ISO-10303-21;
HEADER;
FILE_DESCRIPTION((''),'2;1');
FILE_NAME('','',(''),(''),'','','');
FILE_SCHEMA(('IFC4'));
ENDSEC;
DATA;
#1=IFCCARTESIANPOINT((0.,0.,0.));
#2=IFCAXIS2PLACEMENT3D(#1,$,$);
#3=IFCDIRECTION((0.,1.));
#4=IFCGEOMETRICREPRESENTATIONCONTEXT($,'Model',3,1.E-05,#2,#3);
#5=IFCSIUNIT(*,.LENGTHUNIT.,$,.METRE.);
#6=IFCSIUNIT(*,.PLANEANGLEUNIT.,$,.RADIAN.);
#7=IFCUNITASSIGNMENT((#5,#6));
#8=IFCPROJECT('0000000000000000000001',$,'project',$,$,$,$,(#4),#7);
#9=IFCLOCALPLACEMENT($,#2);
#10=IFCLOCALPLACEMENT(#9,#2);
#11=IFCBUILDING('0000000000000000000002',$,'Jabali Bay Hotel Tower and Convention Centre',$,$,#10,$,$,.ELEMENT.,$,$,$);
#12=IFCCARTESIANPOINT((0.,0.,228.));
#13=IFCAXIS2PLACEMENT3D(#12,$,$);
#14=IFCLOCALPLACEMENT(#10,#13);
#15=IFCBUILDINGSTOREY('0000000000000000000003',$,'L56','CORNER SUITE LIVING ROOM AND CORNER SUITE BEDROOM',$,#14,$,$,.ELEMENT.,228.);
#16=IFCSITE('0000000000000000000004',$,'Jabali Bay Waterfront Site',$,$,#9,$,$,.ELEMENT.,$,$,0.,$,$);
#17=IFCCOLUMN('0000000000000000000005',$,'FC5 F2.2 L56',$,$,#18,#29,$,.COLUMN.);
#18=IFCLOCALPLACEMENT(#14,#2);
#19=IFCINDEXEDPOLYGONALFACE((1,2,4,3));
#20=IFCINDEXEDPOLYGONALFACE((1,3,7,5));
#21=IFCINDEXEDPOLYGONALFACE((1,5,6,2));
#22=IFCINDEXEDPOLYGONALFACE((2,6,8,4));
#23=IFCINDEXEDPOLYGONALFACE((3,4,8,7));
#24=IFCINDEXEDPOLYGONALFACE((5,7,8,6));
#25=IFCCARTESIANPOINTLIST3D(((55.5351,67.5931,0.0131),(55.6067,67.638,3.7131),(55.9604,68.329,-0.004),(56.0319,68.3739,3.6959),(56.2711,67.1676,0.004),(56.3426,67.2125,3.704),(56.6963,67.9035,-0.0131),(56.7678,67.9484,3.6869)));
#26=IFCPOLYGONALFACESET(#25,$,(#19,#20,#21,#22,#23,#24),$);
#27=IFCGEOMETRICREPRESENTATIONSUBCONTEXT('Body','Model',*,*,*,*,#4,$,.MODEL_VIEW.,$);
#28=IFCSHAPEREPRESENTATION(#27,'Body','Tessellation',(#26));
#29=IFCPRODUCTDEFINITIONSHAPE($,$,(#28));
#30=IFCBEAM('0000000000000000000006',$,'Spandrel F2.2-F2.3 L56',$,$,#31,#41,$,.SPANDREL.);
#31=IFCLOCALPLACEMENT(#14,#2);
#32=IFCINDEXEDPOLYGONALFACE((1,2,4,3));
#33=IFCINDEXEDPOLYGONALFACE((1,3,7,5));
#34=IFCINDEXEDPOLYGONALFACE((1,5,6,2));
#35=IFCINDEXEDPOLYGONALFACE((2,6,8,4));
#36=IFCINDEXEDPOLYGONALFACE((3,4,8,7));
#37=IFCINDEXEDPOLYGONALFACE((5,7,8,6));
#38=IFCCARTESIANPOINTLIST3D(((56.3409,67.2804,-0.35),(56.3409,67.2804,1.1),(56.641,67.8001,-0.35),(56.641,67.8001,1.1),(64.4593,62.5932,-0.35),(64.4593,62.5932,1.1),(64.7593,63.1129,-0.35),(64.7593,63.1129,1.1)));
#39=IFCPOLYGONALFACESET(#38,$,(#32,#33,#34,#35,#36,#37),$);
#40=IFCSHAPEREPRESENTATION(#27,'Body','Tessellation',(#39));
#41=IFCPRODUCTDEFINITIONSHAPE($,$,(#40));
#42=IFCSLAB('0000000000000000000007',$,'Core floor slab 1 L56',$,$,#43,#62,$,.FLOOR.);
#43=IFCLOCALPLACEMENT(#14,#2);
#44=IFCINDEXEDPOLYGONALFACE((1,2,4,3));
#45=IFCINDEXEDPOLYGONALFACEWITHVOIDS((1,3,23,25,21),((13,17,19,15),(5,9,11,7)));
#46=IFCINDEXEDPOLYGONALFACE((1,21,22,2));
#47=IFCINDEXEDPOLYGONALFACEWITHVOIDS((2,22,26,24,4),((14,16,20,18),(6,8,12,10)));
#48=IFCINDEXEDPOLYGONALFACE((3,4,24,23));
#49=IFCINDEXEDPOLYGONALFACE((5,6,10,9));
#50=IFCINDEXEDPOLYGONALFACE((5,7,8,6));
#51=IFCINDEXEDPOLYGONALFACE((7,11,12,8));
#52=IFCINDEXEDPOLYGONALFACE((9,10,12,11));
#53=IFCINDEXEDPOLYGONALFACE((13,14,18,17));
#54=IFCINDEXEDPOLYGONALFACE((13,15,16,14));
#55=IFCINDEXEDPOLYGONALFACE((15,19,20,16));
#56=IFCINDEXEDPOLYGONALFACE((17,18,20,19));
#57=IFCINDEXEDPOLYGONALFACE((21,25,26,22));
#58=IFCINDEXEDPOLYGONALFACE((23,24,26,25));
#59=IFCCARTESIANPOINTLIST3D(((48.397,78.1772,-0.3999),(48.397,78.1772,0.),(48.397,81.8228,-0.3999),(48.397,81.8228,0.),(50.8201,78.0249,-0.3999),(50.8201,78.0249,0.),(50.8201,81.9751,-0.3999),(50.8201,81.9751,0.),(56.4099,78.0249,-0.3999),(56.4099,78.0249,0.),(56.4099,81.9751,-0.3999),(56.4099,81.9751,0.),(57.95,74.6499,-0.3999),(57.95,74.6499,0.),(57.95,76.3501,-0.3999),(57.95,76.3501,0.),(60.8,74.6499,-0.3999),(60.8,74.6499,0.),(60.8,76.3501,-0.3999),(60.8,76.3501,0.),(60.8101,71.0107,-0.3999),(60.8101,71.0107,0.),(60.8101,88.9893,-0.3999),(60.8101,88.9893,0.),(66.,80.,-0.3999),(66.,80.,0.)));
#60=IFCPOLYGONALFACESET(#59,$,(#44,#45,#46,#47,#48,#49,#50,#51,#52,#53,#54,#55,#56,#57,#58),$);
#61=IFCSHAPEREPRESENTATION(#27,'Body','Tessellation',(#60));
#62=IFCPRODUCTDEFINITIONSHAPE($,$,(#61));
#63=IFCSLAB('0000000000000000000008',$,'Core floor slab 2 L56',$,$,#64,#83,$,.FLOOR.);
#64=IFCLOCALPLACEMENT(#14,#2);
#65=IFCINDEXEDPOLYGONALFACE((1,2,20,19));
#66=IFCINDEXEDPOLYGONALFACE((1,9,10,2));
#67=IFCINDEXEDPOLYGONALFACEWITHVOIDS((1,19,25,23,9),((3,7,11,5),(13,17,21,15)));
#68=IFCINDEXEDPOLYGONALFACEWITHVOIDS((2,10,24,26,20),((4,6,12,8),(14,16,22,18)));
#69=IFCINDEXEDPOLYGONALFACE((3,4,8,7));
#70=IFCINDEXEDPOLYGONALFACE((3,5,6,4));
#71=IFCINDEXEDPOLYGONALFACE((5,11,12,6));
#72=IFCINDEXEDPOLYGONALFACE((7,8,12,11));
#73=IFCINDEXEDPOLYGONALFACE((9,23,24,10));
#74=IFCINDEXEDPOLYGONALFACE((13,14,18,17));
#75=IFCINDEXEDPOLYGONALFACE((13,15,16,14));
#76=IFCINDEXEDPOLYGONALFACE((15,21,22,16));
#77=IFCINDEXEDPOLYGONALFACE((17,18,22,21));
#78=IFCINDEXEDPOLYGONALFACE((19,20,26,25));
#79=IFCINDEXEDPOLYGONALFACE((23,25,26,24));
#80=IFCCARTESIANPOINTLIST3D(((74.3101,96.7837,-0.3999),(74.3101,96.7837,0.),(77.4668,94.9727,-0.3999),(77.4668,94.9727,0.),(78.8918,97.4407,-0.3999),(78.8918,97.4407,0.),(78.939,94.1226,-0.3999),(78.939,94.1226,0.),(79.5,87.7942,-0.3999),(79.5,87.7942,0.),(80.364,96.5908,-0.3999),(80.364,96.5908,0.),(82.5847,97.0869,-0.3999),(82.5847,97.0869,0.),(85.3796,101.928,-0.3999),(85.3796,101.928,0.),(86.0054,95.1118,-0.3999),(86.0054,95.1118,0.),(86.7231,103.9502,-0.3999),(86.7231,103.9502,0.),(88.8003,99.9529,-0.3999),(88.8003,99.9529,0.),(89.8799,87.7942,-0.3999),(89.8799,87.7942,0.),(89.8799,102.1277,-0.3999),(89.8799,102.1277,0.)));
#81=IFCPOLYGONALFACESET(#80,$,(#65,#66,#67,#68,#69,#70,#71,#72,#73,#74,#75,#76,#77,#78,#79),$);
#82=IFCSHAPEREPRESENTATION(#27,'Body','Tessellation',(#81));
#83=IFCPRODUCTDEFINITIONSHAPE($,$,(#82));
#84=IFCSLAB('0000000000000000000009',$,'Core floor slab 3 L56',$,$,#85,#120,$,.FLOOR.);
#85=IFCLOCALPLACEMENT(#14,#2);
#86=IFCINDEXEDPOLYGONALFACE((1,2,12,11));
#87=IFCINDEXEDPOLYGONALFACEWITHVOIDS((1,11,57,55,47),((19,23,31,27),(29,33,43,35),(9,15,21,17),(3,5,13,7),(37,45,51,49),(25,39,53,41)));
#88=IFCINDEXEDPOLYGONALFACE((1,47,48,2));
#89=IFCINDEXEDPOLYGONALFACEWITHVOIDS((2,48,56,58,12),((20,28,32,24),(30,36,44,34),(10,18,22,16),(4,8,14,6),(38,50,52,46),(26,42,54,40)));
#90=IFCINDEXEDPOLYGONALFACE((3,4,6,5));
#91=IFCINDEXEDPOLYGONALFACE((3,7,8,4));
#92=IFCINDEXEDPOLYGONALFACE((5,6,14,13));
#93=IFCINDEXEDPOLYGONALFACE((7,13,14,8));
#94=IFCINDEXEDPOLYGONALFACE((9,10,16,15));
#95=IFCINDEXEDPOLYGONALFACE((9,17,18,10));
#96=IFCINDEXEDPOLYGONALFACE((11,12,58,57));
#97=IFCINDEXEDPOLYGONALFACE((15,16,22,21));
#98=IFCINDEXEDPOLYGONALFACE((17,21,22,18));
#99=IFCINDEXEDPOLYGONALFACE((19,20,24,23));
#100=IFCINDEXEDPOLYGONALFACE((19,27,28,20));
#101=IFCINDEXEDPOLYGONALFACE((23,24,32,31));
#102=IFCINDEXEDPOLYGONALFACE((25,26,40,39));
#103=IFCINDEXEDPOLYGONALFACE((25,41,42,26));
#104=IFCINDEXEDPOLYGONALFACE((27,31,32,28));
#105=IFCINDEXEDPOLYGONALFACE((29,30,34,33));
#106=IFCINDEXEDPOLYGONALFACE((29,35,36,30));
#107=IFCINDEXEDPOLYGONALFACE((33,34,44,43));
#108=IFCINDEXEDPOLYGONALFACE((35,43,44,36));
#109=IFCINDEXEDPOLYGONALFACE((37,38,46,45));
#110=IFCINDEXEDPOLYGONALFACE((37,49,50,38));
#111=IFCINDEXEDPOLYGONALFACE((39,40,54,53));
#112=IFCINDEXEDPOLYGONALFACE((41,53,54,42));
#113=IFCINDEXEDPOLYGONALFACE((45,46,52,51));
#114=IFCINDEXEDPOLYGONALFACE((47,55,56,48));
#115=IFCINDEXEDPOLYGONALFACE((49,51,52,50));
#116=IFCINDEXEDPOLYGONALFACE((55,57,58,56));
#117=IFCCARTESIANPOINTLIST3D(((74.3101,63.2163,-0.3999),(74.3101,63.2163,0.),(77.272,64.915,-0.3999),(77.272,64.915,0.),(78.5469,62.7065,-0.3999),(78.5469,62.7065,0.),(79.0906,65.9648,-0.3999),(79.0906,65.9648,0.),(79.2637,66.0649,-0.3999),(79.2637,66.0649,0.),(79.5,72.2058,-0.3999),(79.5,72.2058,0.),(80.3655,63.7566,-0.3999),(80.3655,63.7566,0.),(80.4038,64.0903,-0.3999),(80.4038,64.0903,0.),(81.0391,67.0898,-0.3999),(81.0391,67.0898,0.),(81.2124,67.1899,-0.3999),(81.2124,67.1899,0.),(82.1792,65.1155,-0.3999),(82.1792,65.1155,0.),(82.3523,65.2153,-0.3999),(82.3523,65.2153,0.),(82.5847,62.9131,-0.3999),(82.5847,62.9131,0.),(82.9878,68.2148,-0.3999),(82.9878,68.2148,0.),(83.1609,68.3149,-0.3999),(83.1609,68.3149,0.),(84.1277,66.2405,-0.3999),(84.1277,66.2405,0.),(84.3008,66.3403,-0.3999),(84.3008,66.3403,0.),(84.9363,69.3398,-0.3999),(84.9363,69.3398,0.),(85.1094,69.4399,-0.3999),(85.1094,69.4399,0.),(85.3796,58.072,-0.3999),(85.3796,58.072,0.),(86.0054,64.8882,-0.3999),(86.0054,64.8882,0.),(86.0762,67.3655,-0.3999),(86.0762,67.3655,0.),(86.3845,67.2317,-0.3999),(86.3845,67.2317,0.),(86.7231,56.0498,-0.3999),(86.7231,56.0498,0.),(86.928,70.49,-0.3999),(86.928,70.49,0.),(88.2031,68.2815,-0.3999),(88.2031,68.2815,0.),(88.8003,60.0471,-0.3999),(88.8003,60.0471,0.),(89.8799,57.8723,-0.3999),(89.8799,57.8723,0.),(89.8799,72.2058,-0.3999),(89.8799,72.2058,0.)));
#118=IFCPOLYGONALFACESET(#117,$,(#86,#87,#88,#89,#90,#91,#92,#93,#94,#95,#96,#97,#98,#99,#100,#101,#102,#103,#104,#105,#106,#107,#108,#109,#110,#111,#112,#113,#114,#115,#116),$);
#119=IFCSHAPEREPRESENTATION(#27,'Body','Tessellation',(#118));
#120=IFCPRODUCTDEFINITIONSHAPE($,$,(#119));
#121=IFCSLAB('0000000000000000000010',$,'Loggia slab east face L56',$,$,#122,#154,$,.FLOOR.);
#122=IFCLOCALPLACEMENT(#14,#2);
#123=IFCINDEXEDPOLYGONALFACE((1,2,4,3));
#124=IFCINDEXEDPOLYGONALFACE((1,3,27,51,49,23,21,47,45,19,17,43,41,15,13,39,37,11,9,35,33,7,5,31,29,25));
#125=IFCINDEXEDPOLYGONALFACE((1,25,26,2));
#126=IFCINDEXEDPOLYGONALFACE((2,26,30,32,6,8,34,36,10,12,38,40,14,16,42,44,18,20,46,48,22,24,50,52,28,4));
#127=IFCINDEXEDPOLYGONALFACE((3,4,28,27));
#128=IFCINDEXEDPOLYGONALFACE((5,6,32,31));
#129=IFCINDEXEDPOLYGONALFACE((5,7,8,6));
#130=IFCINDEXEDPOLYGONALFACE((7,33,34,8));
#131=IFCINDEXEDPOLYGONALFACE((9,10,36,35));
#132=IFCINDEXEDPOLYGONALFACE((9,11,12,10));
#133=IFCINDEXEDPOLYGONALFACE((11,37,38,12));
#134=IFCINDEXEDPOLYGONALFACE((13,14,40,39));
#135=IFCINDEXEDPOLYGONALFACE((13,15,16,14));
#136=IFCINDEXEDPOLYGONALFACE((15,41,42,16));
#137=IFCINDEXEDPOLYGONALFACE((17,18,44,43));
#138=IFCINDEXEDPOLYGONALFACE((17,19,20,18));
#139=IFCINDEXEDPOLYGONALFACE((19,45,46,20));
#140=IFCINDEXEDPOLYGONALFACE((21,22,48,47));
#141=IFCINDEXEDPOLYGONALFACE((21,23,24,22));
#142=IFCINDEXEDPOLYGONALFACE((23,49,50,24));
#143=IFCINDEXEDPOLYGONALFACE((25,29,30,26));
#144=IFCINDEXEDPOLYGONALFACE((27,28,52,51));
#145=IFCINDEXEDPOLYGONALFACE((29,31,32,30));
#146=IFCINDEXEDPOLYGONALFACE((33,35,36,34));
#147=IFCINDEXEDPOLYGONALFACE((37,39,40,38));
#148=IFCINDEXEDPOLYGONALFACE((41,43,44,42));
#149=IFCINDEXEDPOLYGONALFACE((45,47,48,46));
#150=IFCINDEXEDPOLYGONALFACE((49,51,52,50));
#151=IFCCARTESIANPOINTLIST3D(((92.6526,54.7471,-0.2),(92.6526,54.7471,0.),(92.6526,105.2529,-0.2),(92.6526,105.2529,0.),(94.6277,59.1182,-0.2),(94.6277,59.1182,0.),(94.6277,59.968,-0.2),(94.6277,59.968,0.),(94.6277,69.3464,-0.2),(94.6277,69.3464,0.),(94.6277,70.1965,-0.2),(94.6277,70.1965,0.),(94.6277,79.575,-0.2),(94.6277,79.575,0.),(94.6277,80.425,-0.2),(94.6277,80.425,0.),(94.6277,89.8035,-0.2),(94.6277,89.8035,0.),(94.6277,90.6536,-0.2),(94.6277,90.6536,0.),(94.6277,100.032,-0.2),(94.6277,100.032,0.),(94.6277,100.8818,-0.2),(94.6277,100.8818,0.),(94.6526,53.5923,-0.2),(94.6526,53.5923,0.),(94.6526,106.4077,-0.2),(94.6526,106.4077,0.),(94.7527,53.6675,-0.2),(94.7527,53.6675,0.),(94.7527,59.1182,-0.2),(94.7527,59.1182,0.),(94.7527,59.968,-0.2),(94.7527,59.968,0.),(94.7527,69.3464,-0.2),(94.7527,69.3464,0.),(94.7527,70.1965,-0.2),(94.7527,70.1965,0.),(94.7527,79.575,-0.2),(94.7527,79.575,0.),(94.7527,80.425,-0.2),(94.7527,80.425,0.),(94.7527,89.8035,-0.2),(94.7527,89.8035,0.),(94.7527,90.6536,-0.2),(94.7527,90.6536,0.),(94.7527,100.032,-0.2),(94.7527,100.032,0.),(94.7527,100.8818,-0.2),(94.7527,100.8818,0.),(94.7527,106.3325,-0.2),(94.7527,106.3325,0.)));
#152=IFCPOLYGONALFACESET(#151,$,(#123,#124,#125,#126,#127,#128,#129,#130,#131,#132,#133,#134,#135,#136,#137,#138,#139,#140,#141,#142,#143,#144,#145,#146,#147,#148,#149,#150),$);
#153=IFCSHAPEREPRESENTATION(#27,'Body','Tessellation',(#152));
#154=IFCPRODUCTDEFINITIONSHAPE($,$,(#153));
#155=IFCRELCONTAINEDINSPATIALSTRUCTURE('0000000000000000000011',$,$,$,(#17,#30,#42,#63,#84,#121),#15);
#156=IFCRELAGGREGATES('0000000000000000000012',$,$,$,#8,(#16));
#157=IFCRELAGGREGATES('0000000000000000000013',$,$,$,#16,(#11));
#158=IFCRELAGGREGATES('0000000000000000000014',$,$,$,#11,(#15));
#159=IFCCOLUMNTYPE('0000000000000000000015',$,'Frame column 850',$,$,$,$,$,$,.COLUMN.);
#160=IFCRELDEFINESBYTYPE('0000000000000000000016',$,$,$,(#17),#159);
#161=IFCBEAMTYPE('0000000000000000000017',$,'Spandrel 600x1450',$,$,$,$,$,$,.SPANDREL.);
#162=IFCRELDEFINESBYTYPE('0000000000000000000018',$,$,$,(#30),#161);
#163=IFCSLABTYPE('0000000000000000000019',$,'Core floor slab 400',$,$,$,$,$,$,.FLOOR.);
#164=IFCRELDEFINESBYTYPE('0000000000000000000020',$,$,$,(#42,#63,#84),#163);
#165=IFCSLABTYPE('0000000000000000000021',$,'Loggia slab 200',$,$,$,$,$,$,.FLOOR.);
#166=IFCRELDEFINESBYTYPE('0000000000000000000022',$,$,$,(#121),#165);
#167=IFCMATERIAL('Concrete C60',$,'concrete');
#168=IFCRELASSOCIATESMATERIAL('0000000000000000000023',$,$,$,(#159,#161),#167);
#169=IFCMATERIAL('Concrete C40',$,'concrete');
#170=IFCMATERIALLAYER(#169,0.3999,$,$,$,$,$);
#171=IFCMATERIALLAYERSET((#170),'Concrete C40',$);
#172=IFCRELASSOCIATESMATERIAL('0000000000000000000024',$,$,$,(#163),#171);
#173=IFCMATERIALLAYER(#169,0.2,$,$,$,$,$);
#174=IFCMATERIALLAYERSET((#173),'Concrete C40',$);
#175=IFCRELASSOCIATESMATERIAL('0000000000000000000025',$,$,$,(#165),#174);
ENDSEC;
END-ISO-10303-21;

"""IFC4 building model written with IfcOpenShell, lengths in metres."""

from ifc_helpers import new_model, si_unit, direction, frame, origin, origin_2d, place, context, subcontext, project, spatial, polyline, rectangle, outline, extrude, material, layer, layer_set, material_profile, profile_set, type_object, element, save


model = new_model("IFC4")

# Units and contexts
model_context = context("Model", 3, precision=1e-05, world=origin(), true_north=direction((0.0, 1.0)))
body_context = subcontext(model_context, "Body", "Model", "MODEL_VIEW")
ifc_project = project(units=[si_unit("LENGTHUNIT", "METRE"), si_unit("PLANEANGLEUNIT", "RADIAN")], contexts=[model_context])

# Site, building, storey
site_placement = place(None, origin())
site = spatial("IfcSite", under=ifc_project, at=site_placement, Name="Jabali Bay Waterfront Site", CompositionType="ELEMENT", RefElevation=0.0)
building_placement = place(site_placement, origin())
building = spatial("IfcBuilding", under=site, at=building_placement, Name="Jabali Bay Hotel Tower and Convention Centre", CompositionType="ELEMENT")
storey_placement = place(building_placement, frame((0.0, 0.0, 228.0)))
storey = spatial("IfcBuildingStorey", under=building, at=storey_placement, Name="L56", Description="CORNER SUITE LIVING ROOM AND CORNER SUITE BEDROOM", CompositionType="ELEMENT", Elevation=228.0)

# Column
ifc_material_1 = material(Name="Concrete C60", Category="concrete")
ifc_material_profile_1 = material_profile(ifc_material_1, rectangle(XDim=0.8501, YDim=0.8501, at=origin_2d()), Name="Frame column 850")
ifc_profile_set_1 = profile_set([ifc_material_profile_1], Name="Concrete C60")
column_type = type_object("IfcColumnType", Name="Frame column 850", PredefinedType="COLUMN", material=ifc_profile_set_1)
column_placement = place(storey_placement, frame((56.1157, 67.7483, 0.0), z_axis=(0.019329, 0.012138, 0.99974), x_axis=(-0.865691, 0.500465, 0.010661)))
element("IfcColumn", 1, at=column_placement, inside=storey, type_object=column_type, Name="FC5 F2.2 L56", PredefinedType="COLUMN", context=body_context, shape_type="SweptSolid", body=[
    extrude(rectangle(XDim=0.8501, YDim=0.8501, at=origin_2d()), origin(), (0.0, 0.0, 1.0), 3.7009),
])

# Beam
ifc_material_profile_2 = material_profile(ifc_material_1, rectangle(XDim=0.6001, YDim=1.45, at=origin_2d()), Name="Spandrel 600x1450")
ifc_profile_set_2 = profile_set([ifc_material_profile_2], Name="Concrete C60")
beam_type = type_object("IfcBeamType", Name="Spandrel 600x1450", PredefinedType="SPANDREL", material=ifc_profile_set_2)
beam_placement = place(storey_placement, frame((56.491, 67.5403, 0.375), z_axis=(0.866021, -0.500007, 0.0), x_axis=(0.500007, 0.866021, 0.0)))
element("IfcBeam", 2, at=beam_placement, inside=storey, type_object=beam_type, Name="Spandrel F2.2-F2.3 L56", PredefinedType="SPANDREL", context=body_context, shape_type="SweptSolid", body=[
    extrude(rectangle(XDim=0.6001, YDim=1.45, at=origin_2d()), origin(), (0.0, 0.0, 1.0), 9.3743),
])

# Slabs
ifc_material_2 = material(Name="Concrete C40", Category="concrete")
ifc_layer_1 = layer(ifc_material_2, 0.3999)
ifc_layer_set_1 = layer_set([ifc_layer_1], Name="Concrete C40")
slab_type_1 = type_object("IfcSlabType", Name="Core floor slab 400", PredefinedType="FLOOR", material=ifc_layer_set_1)
slab_1_placement = place(storey_placement, frame((0.0, 0.0, -0.3999)))
element("IfcSlab", 3, at=slab_1_placement, inside=storey, type_object=slab_type_1, Name="Core floor slab 1 L56", PredefinedType="FLOOR", context=body_context, shape_type="SweptSolid", body=[
    extrude(outline(polyline([(66.0, 80.0), (60.8101, 88.9893), (48.397, 81.8228), (48.397, 78.1772), (60.8101, 71.0107), (66.0, 80.0)]), holes=[polyline([(60.8, 76.3501), (57.95, 76.3501), (57.95, 74.6499), (60.8, 74.6499), (60.8, 76.3501)]), polyline([(50.8201, 81.9751), (50.8201, 78.0249), (56.4099, 78.0249), (56.4099, 81.9751), (50.8201, 81.9751)])]), origin(), (0.0, 0.0, 1.0), 0.3999),
])
slab_2_placement = place(storey_placement, frame((0.0, 0.0, -0.3999)))
element("IfcSlab", 4, at=slab_2_placement, inside=storey, type_object=slab_type_1, Name="Core floor slab 2 L56", PredefinedType="FLOOR", context=body_context, shape_type="SweptSolid", body=[
    extrude(outline(polyline([(79.5, 87.7942), (89.8799, 87.7942), (89.8799, 102.1277), (86.7231, 103.9502), (74.3101, 96.7837), (79.5, 87.7942)]), holes=[polyline([(78.939, 94.1226), (80.364, 96.5908), (78.8918, 97.4407), (77.4668, 94.9727), (78.939, 94.1226)]), polyline([(88.8003, 99.9529), (85.3796, 101.928), (82.5847, 97.0869), (86.0054, 95.1118), (88.8003, 99.9529)])]), origin(), (0.0, 0.0, 1.0), 0.3999),
])
slab_3_placement = place(storey_placement, frame((0.0, 0.0, -0.3999)))
element("IfcSlab", 5, at=slab_3_placement, inside=storey, type_object=slab_type_1, Name="Core floor slab 3 L56", PredefinedType="FLOOR", context=body_context, shape_type="SweptSolid", body=[
    extrude(outline(polyline([(79.5, 72.2058), (74.3101, 63.2163), (86.7231, 56.0498), (89.8799, 57.8723), (89.8799, 72.2058), (79.5, 72.2058)]), holes=[polyline([(82.5847, 62.9131), (85.3796, 58.072), (88.8003, 60.0471), (86.0054, 64.8882), (82.5847, 62.9131)]), polyline([(80.3655, 63.7566), (79.0906, 65.9648), (77.272, 64.915), (78.5469, 62.7065), (80.3655, 63.7566)]), polyline([(82.1792, 65.1155), (81.0391, 67.0898), (79.2637, 66.0649), (80.4038, 64.0903), (82.1792, 65.1155)]), polyline([(82.9878, 68.2148), (81.2124, 67.1899), (82.3523, 65.2153), (84.1277, 66.2405), (82.9878, 68.2148)]), polyline([(86.0762, 67.3655), (84.9363, 69.3398), (83.1609, 68.3149), (84.3008, 66.3403), (86.0762, 67.3655)]), polyline([(88.2031, 68.2815), (86.928, 70.49), (85.1094, 69.4399), (86.3845, 67.2317), (88.2031, 68.2815)])]), origin(), (0.0, 0.0, 1.0), 0.3999),
])
ifc_layer_2 = layer(ifc_material_2, 0.2)
ifc_layer_set_2 = layer_set([ifc_layer_2], Name="Concrete C40")
slab_type_2 = type_object("IfcSlabType", Name="Loggia slab 200", PredefinedType="FLOOR", material=ifc_layer_set_2)
slab_4_placement = place(storey_placement, frame((0.0, 0.0, -0.2)))
element("IfcSlab", 6, at=slab_4_placement, inside=storey, type_object=slab_type_2, Name="Loggia slab east face L56", PredefinedType="FLOOR", context=body_context, shape_type="SweptSolid", body=[
    extrude(outline(polyline([(92.6526, 105.2529), (94.6526, 106.4077), (94.7527, 106.3325), (94.7527, 100.8818), (94.6277, 100.8818), (94.6277, 100.032), (94.7527, 100.032), (94.7527, 90.6536), (94.6277, 90.6536), (94.6277, 89.8035), (94.7527, 89.8035), (94.7527, 80.425), (94.6277, 80.425), (94.6277, 79.575), (94.7527, 79.575), (94.7527, 70.1965), (94.6277, 70.1965), (94.6277, 69.3464), (94.7527, 69.3464), (94.7527, 59.968), (94.6277, 59.968), (94.6277, 59.1182), (94.7527, 59.1182), (94.7527, 53.6675), (94.6526, 53.5923), (92.6526, 54.7471), (92.6526, 105.2529)])), origin(), (0.0, 0.0, 1.0), 0.2),
])

save(model, "model.ifc")
